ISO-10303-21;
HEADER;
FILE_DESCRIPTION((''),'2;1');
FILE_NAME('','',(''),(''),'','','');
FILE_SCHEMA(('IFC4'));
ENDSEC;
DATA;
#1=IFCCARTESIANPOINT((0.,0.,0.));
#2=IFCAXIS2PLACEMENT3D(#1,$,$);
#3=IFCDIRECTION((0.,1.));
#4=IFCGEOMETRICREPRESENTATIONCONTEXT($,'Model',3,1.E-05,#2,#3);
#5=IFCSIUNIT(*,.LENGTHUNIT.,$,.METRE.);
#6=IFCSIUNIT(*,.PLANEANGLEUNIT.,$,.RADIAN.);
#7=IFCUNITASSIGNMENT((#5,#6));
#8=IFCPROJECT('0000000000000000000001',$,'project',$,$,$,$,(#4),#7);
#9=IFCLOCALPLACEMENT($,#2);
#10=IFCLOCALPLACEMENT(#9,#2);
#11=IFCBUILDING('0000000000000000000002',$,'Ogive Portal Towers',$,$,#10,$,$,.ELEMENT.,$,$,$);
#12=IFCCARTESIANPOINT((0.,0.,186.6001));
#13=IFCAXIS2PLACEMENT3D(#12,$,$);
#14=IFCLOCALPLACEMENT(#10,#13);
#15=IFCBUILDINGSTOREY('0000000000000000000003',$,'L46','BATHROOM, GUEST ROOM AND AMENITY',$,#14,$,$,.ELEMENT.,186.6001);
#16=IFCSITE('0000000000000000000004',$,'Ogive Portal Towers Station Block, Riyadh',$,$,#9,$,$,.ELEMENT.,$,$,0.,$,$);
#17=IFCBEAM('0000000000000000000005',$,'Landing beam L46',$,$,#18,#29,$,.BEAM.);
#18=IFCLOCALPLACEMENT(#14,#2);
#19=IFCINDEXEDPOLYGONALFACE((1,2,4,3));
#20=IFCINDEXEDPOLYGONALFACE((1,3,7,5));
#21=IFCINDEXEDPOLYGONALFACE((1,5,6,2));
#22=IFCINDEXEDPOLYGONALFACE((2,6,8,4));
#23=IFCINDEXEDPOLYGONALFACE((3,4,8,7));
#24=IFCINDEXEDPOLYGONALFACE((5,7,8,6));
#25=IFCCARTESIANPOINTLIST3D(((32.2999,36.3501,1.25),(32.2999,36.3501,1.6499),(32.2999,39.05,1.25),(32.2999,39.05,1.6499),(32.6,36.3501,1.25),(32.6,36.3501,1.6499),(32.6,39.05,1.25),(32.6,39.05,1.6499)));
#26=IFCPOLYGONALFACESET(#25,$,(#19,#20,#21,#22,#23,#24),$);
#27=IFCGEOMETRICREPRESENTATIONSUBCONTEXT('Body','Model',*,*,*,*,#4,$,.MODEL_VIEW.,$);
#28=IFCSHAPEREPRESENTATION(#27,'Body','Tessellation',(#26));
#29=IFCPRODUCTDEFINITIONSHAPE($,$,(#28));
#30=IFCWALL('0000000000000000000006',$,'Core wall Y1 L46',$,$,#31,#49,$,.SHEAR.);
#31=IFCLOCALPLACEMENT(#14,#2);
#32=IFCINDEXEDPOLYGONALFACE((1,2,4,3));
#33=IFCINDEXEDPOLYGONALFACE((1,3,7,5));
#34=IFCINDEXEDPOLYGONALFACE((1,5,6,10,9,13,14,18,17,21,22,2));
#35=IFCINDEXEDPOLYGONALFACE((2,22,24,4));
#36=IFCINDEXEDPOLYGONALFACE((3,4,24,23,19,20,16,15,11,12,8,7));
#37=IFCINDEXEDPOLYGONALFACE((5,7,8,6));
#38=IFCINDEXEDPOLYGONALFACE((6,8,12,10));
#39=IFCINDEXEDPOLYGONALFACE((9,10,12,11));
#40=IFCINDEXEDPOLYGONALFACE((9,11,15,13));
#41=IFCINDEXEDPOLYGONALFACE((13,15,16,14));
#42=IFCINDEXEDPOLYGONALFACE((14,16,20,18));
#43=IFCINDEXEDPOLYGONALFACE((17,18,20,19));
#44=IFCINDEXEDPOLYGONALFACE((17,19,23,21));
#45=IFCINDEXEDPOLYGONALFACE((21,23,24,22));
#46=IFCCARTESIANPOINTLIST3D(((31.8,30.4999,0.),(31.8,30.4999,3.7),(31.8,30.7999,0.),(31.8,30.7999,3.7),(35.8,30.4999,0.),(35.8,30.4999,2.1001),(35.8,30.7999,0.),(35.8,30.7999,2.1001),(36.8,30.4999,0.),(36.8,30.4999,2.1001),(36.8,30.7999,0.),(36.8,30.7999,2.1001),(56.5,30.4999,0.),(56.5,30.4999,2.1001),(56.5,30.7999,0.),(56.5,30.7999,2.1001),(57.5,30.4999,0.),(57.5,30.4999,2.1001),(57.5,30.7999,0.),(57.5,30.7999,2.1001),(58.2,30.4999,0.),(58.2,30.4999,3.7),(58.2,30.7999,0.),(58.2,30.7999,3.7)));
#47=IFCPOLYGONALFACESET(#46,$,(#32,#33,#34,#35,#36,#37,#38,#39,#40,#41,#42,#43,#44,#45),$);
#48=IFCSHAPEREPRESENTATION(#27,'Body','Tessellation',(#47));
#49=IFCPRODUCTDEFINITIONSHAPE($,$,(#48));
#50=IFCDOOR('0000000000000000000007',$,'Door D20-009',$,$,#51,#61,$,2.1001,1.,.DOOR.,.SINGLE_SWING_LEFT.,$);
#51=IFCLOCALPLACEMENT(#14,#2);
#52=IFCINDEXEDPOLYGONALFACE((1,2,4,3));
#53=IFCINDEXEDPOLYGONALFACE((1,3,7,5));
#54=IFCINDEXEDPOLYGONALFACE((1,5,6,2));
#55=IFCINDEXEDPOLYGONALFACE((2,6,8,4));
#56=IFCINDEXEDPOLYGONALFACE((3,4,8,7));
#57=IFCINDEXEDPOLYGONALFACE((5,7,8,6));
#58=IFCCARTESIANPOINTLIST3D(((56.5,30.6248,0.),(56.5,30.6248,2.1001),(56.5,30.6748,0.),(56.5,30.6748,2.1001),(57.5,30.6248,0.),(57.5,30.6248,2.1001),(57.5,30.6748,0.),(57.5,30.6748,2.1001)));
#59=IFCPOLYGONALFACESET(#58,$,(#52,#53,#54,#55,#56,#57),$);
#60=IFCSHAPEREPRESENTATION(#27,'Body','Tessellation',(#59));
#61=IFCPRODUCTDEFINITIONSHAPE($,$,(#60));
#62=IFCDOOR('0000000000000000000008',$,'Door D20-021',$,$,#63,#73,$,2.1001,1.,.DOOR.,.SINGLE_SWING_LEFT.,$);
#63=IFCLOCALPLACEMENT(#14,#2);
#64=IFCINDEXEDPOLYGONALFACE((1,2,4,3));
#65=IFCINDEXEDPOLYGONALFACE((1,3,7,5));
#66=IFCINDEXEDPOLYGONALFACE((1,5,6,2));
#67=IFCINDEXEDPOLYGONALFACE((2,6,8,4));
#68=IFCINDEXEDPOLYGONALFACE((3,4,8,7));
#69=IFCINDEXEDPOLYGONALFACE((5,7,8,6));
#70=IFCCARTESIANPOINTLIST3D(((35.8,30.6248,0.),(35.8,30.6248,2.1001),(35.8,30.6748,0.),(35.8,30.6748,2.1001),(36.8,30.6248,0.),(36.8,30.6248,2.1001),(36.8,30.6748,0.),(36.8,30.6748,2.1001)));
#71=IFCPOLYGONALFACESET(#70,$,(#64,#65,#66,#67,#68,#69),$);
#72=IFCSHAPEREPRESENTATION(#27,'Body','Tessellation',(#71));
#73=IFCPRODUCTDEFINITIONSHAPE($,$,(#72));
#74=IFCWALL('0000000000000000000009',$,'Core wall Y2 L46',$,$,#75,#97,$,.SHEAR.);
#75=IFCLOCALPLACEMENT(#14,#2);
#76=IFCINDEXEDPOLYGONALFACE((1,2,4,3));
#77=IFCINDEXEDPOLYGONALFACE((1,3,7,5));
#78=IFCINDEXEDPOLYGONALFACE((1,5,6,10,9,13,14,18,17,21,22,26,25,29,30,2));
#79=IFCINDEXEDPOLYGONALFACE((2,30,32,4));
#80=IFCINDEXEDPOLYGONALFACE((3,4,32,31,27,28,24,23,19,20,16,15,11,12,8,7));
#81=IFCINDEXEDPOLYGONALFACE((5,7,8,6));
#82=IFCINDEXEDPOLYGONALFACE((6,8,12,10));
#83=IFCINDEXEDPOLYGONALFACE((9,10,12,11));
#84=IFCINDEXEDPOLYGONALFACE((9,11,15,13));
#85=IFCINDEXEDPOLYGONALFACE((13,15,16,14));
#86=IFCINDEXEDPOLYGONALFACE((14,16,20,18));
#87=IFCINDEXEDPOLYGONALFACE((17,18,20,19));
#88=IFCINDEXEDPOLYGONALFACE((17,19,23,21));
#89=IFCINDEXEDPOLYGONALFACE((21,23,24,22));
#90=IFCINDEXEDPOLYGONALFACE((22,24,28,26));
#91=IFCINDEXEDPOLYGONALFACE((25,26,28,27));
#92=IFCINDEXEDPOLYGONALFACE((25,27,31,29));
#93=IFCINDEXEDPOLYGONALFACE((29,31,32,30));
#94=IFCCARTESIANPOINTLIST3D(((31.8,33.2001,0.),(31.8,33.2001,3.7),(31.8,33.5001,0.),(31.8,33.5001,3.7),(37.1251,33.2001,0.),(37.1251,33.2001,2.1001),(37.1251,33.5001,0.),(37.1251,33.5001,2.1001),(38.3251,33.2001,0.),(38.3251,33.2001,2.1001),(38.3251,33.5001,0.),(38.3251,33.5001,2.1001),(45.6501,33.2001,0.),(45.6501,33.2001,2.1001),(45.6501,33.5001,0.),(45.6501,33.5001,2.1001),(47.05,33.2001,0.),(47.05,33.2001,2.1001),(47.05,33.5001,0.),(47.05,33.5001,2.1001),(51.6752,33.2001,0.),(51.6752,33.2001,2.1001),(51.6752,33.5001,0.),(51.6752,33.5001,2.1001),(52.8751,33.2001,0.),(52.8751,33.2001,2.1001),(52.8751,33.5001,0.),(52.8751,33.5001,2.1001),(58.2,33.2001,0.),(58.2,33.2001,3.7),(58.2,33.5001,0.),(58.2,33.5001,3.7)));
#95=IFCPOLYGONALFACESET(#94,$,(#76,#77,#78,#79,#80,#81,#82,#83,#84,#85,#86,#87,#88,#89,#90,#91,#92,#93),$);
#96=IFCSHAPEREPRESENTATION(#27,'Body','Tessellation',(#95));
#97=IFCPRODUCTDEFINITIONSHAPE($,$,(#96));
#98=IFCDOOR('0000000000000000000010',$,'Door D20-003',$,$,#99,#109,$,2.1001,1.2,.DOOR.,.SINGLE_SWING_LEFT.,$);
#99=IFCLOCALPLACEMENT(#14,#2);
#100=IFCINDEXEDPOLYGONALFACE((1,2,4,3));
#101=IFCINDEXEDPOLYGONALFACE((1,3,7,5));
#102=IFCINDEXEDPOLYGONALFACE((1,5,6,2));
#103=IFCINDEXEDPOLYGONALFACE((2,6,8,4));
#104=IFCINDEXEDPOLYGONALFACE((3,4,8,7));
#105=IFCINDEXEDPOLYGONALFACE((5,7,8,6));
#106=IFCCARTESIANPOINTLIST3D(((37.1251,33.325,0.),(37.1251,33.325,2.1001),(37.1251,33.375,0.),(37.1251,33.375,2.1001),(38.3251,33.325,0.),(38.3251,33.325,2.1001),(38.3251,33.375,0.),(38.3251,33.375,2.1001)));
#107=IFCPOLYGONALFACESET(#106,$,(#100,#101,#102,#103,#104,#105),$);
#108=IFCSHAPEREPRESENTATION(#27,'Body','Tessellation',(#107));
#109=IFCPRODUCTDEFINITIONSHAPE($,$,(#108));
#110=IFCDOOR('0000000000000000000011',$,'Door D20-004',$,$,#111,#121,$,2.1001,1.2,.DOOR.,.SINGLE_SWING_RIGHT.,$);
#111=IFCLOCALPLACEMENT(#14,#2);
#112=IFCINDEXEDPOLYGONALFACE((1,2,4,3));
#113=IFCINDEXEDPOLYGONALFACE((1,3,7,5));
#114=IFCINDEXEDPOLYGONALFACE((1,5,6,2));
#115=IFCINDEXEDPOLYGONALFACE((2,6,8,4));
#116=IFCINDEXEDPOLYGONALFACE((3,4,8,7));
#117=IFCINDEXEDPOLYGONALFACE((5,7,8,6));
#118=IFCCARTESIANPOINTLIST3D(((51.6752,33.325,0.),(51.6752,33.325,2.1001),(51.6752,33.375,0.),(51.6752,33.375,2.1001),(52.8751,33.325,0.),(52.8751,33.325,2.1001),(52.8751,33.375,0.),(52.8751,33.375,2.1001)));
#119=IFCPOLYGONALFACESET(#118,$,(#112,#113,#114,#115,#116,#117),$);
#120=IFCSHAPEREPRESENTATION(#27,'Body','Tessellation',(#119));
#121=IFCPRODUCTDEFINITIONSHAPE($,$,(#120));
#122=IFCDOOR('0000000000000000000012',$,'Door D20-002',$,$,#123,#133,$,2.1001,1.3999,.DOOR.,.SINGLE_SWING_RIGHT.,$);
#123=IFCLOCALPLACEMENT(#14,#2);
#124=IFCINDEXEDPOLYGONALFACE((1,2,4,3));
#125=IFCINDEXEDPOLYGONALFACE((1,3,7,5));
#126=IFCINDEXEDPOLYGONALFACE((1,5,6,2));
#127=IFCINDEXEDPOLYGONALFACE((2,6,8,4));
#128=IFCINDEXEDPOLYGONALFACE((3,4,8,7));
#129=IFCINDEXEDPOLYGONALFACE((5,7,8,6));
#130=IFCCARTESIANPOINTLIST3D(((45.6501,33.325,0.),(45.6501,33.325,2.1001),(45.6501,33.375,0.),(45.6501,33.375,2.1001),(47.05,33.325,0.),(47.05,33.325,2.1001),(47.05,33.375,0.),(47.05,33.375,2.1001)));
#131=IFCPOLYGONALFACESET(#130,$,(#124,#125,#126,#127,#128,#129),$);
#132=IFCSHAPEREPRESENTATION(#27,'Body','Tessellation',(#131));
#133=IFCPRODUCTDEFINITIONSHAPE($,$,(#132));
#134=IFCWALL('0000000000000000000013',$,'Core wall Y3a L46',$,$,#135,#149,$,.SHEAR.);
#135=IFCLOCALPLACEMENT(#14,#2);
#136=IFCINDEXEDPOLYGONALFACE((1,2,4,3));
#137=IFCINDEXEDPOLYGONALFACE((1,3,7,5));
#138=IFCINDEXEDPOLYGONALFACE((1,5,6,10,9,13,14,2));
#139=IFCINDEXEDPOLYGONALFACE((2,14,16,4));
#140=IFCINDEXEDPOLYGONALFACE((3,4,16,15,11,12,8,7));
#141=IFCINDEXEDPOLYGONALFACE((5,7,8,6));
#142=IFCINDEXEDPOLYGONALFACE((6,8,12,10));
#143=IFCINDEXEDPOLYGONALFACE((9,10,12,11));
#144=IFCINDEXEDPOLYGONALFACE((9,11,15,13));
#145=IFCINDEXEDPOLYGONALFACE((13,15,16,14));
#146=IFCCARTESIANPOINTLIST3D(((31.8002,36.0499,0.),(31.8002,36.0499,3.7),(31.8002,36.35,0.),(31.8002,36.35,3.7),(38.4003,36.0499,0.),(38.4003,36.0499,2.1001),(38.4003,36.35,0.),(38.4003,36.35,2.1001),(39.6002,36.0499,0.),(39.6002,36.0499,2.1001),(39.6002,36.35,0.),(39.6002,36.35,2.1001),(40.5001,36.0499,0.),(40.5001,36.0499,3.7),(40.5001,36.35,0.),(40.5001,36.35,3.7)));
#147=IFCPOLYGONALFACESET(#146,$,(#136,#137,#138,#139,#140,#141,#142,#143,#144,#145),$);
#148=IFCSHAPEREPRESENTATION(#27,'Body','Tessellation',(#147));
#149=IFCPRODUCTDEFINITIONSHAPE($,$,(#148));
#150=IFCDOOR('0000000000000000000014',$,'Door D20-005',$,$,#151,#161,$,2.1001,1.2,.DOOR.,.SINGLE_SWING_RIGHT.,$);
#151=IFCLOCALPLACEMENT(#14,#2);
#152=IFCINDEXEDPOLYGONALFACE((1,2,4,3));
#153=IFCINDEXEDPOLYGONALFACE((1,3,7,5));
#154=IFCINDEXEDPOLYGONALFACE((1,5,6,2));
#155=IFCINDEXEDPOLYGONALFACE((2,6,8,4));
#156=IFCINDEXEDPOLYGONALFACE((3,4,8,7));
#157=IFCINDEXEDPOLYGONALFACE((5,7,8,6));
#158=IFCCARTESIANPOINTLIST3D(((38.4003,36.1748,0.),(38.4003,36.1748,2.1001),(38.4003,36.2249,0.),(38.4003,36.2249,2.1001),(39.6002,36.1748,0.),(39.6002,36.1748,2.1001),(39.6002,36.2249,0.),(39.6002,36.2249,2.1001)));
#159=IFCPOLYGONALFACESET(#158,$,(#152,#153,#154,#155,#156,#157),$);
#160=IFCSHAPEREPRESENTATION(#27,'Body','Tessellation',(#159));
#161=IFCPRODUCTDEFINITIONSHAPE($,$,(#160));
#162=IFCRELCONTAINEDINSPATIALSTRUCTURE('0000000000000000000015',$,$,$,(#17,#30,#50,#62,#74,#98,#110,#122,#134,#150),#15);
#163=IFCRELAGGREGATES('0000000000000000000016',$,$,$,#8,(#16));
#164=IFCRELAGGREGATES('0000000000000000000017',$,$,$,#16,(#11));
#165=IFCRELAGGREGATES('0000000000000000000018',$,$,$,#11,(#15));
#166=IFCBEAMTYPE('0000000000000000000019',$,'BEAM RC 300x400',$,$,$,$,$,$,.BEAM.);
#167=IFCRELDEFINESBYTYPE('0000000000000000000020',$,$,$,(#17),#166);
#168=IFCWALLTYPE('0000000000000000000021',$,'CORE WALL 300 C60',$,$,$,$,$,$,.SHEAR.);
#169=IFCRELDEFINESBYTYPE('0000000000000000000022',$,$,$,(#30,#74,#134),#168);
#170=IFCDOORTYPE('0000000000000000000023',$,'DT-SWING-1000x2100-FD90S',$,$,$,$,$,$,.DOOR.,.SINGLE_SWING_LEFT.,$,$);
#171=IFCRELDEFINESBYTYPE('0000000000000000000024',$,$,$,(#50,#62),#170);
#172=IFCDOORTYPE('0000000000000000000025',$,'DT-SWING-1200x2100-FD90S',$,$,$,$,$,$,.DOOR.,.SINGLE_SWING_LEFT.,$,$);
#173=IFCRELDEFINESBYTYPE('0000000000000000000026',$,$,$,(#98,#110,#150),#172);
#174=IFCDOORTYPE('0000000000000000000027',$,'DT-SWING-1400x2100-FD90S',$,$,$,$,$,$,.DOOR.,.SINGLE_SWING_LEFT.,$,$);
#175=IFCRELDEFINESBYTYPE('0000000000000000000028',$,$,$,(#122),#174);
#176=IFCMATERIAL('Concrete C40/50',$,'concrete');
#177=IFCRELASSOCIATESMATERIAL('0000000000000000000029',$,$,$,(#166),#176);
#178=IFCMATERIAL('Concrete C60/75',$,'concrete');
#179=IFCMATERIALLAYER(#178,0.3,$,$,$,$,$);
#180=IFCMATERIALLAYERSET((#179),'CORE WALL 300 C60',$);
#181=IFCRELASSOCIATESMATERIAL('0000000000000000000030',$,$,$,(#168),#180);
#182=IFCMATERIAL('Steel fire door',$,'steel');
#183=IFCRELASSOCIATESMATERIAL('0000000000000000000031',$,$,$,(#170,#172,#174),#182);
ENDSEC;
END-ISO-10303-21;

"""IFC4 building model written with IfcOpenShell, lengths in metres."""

from ifc_helpers import new_model, si_unit, direction, frame, frame_2d, origin, origin_2d, place, context, subcontext, project, spatial, rectangle, extrude, material, layer, layer_set, material_profile, profile_set, type_object, element, fill, save


model = new_model("IFC4")

# Units and contexts
model_context = context("Model", 3, precision=1e-05, world=origin(), true_north=direction((0.0, 1.0)))
body_context = subcontext(model_context, "Body", "Model", "MODEL_VIEW")
ifc_project = project(units=[si_unit("LENGTHUNIT", "METRE"), si_unit("PLANEANGLEUNIT", "RADIAN")], contexts=[model_context])

# Site, building, storey
site_placement = place(None, origin())
site = spatial("IfcSite", under=ifc_project, at=site_placement, Name="Ogive Portal Towers Station Block, Riyadh", CompositionType="ELEMENT", RefElevation=0.0)
building_placement = place(site_placement, origin())
building = spatial("IfcBuilding", under=site, at=building_placement, Name="Ogive Portal Towers", CompositionType="ELEMENT")
storey_placement = place(building_placement, frame((0.0, 0.0, 186.6001)))
storey = spatial("IfcBuildingStorey", under=building, at=storey_placement, Name="L46", Description="BATHROOM, GUEST ROOM AND AMENITY", CompositionType="ELEMENT", Elevation=186.6001)

# Beam
ifc_material_1 = material(Name="Concrete C40/50", Category="concrete")
ifc_material_profile = material_profile(ifc_material_1, rectangle(XDim=0.3, YDim=0.3999, at=origin_2d()), Name="RC 300x400")
ifc_profile_set = profile_set([ifc_material_profile], Name="Concrete C40/50")
beam_type = type_object("IfcBeamType", Name="BEAM RC 300x400", PredefinedType="BEAM", material=ifc_profile_set)
beam_placement = place(storey_placement, frame((32.45, 36.3501, 1.45), z_axis=(0.0, 1.0, 0.0), x_axis=(-1.0, 0.0, 0.0)))
element("IfcBeam", 1, at=beam_placement, inside=storey, type_object=beam_type, Name="Landing beam L46", PredefinedType="BEAM", context=body_context, shape_type="SweptSolid", body=[
    extrude(rectangle(XDim=0.3, YDim=0.3999, at=origin_2d()), origin(), (0.0, 0.0, 1.0), 2.7),
])

# Walls, openings, doors
ifc_material_2 = material(Name="Concrete C60/75", Category="concrete")
ifc_layer_1 = layer(ifc_material_2, 0.3)
ifc_layer_set_1 = layer_set([ifc_layer_1], Name="CORE WALL 300 C60")
wall_type_1 = type_object("IfcWallType", Name="CORE WALL 300 C60", PredefinedType="SHEAR", material=ifc_layer_set_1)
wall_1_placement = place(storey_placement, frame((31.8, 30.6499, 0.0), z_axis=(0.0, 0.0, 1.0), x_axis=(1.0, 0.0, 0.0)))
wall_1 = element("IfcWall", 2, at=wall_1_placement, inside=storey, type_object=wall_type_1, Name="Core wall Y1 L46", PredefinedType="SHEAR", context=body_context, shape_type="SweptSolid", body=[
    extrude(rectangle(XDim=26.3999, YDim=0.3, at=frame_2d((13.2, 0.0))), origin(), (0.0, 0.0, 1.0), 3.7),
])
opening_1_placement = place(wall_1_placement, frame((24.7, 0.0, 0.0)))
opening_1 = element("IfcOpeningElement", 3, at=opening_1_placement, cuts=wall_1, PredefinedType="OPENING", context=body_context, shape_type="SweptSolid", body=[
    extrude(rectangle(XDim=1.0, YDim=2.1001, at=frame_2d((0.5, 1.05))), frame((0.0, 0.1602, 0.0), z_axis=(0.0, -1.0, 0.0), x_axis=(1.0, 0.0, 0.0)), (0.0, 0.0, 1.0), 0.3201),
])
opening_2_placement = place(wall_1_placement, frame((4.0, 0.0, 0.0)))
opening_2 = element("IfcOpeningElement", 4, at=opening_2_placement, cuts=wall_1, PredefinedType="OPENING", context=body_context, shape_type="SweptSolid", body=[
    extrude(rectangle(XDim=1.0, YDim=2.1001, at=frame_2d((0.5, 1.05))), frame((0.0, 0.1602, 0.0), z_axis=(0.0, -1.0, 0.0), x_axis=(1.0, 0.0, 0.0)), (0.0, 0.0, 1.0), 0.3201),
])
ifc_material_3 = material(Name="Steel fire door", Category="steel")
door_type_1 = type_object("IfcDoorType", Name="DT-SWING-1000x2100-FD90S", OperationType="SINGLE_SWING_LEFT", PredefinedType="DOOR", material=ifc_material_3)
door_1_placement = place(opening_1_placement, origin())
door_1 = element("IfcDoor", 5, at=door_1_placement, inside=storey, type_object=door_type_1, Name="Door D20-009", OperationType="SINGLE_SWING_LEFT", OverallHeight=2.1001, OverallWidth=1.0, PredefinedType="DOOR", context=body_context, shape_type="SweptSolid", body=[
    extrude(rectangle(XDim=1.0, YDim=2.1001, at=frame_2d((0.5, 1.05))), frame((0.0, 0.0249, 0.0), z_axis=(0.0, -1.0, 0.0), x_axis=(1.0, 0.0, 0.0)), (0.0, 0.0, 1.0), 0.05),
])
fill(opening_1, door_1)
door_2_placement = place(opening_2_placement, origin())
door_2 = element("IfcDoor", 6, at=door_2_placement, inside=storey, type_object=door_type_1, Name="Door D20-021", OperationType="SINGLE_SWING_LEFT", OverallHeight=2.1001, OverallWidth=1.0, PredefinedType="DOOR", context=body_context, shape_type="SweptSolid", body=[
    extrude(rectangle(XDim=1.0, YDim=2.1001, at=frame_2d((0.5, 1.05))), frame((0.0, 0.0249, 0.0), z_axis=(0.0, -1.0, 0.0), x_axis=(1.0, 0.0, 0.0)), (0.0, 0.0, 1.0), 0.05),
])
fill(opening_2, door_2)
wall_2_placement = place(storey_placement, frame((31.8, 33.3501, 0.0), z_axis=(0.0, 0.0, 1.0), x_axis=(1.0, 0.0, 0.0)))
wall_2 = element("IfcWall", 7, at=wall_2_placement, inside=storey, type_object=wall_type_1, Name="Core wall Y2 L46", PredefinedType="SHEAR", context=body_context, shape_type="SweptSolid", body=[
    extrude(rectangle(XDim=26.3999, YDim=0.3, at=frame_2d((13.2, 0.0))), origin(), (0.0, 0.0, 1.0), 3.7),
])
opening_3_placement = place(wall_2_placement, frame((13.8501, 0.0, 0.0)))
opening_3 = element("IfcOpeningElement", 8, at=opening_3_placement, cuts=wall_2, PredefinedType="OPENING", context=body_context, shape_type="SweptSolid", body=[
    extrude(rectangle(XDim=1.3999, YDim=2.1001, at=frame_2d((0.7, 1.05))), frame((0.0, 0.1602, 0.0), z_axis=(0.0, -1.0, 0.0), x_axis=(1.0, 0.0, 0.0)), (0.0, 0.0, 1.0), 0.3201),
])
opening_4_placement = place(wall_2_placement, frame((5.325, 0.0, 0.0)))
opening_4 = element("IfcOpeningElement", 9, at=opening_4_placement, cuts=wall_2, PredefinedType="OPENING", context=body_context, shape_type="SweptSolid", body=[
    extrude(rectangle(XDim=1.2, YDim=2.1001, at=frame_2d((0.6001, 1.05))), frame((0.0, 0.1602, 0.0), z_axis=(0.0, -1.0, 0.0), x_axis=(1.0, 0.0, 0.0)), (0.0, 0.0, 1.0), 0.3201),
])
opening_5_placement = place(wall_2_placement, frame((19.875, 0.0, 0.0)))
opening_5 = element("IfcOpeningElement", 10, at=opening_5_placement, cuts=wall_2, PredefinedType="OPENING", context=body_context, shape_type="SweptSolid", body=[
    extrude(rectangle(XDim=1.2, YDim=2.1001, at=frame_2d((0.6001, 1.05))), frame((0.0, 0.1602, 0.0), z_axis=(0.0, -1.0, 0.0), x_axis=(1.0, 0.0, 0.0)), (0.0, 0.0, 1.0), 0.3201),
])
door_type_2 = type_object("IfcDoorType", Name="DT-SWING-1200x2100-FD90S", OperationType="SINGLE_SWING_LEFT", PredefinedType="DOOR", material=ifc_material_3)
door_3_placement = place(opening_4_placement, origin())
door_3 = element("IfcDoor", 11, at=door_3_placement, inside=storey, type_object=door_type_2, Name="Door D20-003", OperationType="SINGLE_SWING_LEFT", OverallHeight=2.1001, OverallWidth=1.2, PredefinedType="DOOR", context=body_context, shape_type="SweptSolid", body=[
    extrude(rectangle(XDim=1.2, YDim=2.1001, at=frame_2d((0.6001, 1.05))), frame((0.0, 0.0249, 0.0), z_axis=(0.0, -1.0, 0.0), x_axis=(1.0, 0.0, 0.0)), (0.0, 0.0, 1.0), 0.05),
])
fill(opening_4, door_3)
door_4_placement = place(opening_5_placement, origin())
door_4 = element("IfcDoor", 12, at=door_4_placement, inside=storey, type_object=door_type_2, Name="Door D20-004", OperationType="SINGLE_SWING_RIGHT", OverallHeight=2.1001, OverallWidth=1.2, PredefinedType="DOOR", context=body_context, shape_type="SweptSolid", body=[
    extrude(rectangle(XDim=1.2, YDim=2.1001, at=frame_2d((0.6001, 1.05))), frame((0.0, 0.0249, 0.0), z_axis=(0.0, -1.0, 0.0), x_axis=(1.0, 0.0, 0.0)), (0.0, 0.0, 1.0), 0.05),
])
fill(opening_5, door_4)
door_type_3 = type_object("IfcDoorType", Name="DT-SWING-1400x2100-FD90S", OperationType="SINGLE_SWING_LEFT", PredefinedType="DOOR", material=ifc_material_3)
door_5_placement = place(opening_3_placement, origin())
door_5 = element("IfcDoor", 13, at=door_5_placement, inside=storey, type_object=door_type_3, Name="Door D20-002", OperationType="SINGLE_SWING_RIGHT", OverallHeight=2.1001, OverallWidth=1.3999, PredefinedType="DOOR", context=body_context, shape_type="SweptSolid", body=[
    extrude(rectangle(XDim=1.3999, YDim=2.1001, at=frame_2d((0.7, 1.05))), frame((0.0, 0.0249, 0.0), z_axis=(0.0, -1.0, 0.0), x_axis=(1.0, 0.0, 0.0)), (0.0, 0.0, 1.0), 0.05),
])
fill(opening_3, door_5)

# Wall, opening, door
wall_3_placement = place(storey_placement, frame((31.8, 36.2, 0.0), z_axis=(0.0, 0.0, 1.0), x_axis=(1.0, 0.0, 0.0)))
wall_3 = element("IfcWall", 14, at=wall_3_placement, inside=storey, type_object=wall_type_1, Name="Core wall Y3a L46", PredefinedType="SHEAR", context=body_context, shape_type="SweptSolid", body=[
    extrude(rectangle(XDim=8.7, YDim=0.3, at=frame_2d((4.3501, 0.0))), origin(), (0.0, 0.0, 1.0), 3.7),
])
opening_6_placement = place(wall_3_placement, frame((6.6001, 0.0, 0.0)))
opening_6 = element("IfcOpeningElement", 15, at=opening_6_placement, cuts=wall_3, PredefinedType="OPENING", context=body_context, shape_type="SweptSolid", body=[
    extrude(rectangle(XDim=1.2, YDim=2.1001, at=frame_2d((0.6001, 1.05))), frame((0.0, 0.1602, 0.0), z_axis=(0.0, -1.0, 0.0), x_axis=(1.0, 0.0, 0.0)), (0.0, 0.0, 1.0), 0.3201),
])
door_6_placement = place(opening_6_placement, origin())
door_6 = element("IfcDoor", 16, at=door_6_placement, inside=storey, type_object=door_type_2, Name="Door D20-005", OperationType="SINGLE_SWING_RIGHT", OverallHeight=2.1001, OverallWidth=1.2, PredefinedType="DOOR", context=body_context, shape_type="SweptSolid", body=[
    extrude(rectangle(XDim=1.2, YDim=2.1001, at=frame_2d((0.6001, 1.05))), frame((0.0, 0.0249, 0.0), z_axis=(0.0, -1.0, 0.0), x_axis=(1.0, 0.0, 0.0)), (0.0, 0.0, 1.0), 0.05),
])
fill(opening_6, door_6)

save(model, "model.ifc")
